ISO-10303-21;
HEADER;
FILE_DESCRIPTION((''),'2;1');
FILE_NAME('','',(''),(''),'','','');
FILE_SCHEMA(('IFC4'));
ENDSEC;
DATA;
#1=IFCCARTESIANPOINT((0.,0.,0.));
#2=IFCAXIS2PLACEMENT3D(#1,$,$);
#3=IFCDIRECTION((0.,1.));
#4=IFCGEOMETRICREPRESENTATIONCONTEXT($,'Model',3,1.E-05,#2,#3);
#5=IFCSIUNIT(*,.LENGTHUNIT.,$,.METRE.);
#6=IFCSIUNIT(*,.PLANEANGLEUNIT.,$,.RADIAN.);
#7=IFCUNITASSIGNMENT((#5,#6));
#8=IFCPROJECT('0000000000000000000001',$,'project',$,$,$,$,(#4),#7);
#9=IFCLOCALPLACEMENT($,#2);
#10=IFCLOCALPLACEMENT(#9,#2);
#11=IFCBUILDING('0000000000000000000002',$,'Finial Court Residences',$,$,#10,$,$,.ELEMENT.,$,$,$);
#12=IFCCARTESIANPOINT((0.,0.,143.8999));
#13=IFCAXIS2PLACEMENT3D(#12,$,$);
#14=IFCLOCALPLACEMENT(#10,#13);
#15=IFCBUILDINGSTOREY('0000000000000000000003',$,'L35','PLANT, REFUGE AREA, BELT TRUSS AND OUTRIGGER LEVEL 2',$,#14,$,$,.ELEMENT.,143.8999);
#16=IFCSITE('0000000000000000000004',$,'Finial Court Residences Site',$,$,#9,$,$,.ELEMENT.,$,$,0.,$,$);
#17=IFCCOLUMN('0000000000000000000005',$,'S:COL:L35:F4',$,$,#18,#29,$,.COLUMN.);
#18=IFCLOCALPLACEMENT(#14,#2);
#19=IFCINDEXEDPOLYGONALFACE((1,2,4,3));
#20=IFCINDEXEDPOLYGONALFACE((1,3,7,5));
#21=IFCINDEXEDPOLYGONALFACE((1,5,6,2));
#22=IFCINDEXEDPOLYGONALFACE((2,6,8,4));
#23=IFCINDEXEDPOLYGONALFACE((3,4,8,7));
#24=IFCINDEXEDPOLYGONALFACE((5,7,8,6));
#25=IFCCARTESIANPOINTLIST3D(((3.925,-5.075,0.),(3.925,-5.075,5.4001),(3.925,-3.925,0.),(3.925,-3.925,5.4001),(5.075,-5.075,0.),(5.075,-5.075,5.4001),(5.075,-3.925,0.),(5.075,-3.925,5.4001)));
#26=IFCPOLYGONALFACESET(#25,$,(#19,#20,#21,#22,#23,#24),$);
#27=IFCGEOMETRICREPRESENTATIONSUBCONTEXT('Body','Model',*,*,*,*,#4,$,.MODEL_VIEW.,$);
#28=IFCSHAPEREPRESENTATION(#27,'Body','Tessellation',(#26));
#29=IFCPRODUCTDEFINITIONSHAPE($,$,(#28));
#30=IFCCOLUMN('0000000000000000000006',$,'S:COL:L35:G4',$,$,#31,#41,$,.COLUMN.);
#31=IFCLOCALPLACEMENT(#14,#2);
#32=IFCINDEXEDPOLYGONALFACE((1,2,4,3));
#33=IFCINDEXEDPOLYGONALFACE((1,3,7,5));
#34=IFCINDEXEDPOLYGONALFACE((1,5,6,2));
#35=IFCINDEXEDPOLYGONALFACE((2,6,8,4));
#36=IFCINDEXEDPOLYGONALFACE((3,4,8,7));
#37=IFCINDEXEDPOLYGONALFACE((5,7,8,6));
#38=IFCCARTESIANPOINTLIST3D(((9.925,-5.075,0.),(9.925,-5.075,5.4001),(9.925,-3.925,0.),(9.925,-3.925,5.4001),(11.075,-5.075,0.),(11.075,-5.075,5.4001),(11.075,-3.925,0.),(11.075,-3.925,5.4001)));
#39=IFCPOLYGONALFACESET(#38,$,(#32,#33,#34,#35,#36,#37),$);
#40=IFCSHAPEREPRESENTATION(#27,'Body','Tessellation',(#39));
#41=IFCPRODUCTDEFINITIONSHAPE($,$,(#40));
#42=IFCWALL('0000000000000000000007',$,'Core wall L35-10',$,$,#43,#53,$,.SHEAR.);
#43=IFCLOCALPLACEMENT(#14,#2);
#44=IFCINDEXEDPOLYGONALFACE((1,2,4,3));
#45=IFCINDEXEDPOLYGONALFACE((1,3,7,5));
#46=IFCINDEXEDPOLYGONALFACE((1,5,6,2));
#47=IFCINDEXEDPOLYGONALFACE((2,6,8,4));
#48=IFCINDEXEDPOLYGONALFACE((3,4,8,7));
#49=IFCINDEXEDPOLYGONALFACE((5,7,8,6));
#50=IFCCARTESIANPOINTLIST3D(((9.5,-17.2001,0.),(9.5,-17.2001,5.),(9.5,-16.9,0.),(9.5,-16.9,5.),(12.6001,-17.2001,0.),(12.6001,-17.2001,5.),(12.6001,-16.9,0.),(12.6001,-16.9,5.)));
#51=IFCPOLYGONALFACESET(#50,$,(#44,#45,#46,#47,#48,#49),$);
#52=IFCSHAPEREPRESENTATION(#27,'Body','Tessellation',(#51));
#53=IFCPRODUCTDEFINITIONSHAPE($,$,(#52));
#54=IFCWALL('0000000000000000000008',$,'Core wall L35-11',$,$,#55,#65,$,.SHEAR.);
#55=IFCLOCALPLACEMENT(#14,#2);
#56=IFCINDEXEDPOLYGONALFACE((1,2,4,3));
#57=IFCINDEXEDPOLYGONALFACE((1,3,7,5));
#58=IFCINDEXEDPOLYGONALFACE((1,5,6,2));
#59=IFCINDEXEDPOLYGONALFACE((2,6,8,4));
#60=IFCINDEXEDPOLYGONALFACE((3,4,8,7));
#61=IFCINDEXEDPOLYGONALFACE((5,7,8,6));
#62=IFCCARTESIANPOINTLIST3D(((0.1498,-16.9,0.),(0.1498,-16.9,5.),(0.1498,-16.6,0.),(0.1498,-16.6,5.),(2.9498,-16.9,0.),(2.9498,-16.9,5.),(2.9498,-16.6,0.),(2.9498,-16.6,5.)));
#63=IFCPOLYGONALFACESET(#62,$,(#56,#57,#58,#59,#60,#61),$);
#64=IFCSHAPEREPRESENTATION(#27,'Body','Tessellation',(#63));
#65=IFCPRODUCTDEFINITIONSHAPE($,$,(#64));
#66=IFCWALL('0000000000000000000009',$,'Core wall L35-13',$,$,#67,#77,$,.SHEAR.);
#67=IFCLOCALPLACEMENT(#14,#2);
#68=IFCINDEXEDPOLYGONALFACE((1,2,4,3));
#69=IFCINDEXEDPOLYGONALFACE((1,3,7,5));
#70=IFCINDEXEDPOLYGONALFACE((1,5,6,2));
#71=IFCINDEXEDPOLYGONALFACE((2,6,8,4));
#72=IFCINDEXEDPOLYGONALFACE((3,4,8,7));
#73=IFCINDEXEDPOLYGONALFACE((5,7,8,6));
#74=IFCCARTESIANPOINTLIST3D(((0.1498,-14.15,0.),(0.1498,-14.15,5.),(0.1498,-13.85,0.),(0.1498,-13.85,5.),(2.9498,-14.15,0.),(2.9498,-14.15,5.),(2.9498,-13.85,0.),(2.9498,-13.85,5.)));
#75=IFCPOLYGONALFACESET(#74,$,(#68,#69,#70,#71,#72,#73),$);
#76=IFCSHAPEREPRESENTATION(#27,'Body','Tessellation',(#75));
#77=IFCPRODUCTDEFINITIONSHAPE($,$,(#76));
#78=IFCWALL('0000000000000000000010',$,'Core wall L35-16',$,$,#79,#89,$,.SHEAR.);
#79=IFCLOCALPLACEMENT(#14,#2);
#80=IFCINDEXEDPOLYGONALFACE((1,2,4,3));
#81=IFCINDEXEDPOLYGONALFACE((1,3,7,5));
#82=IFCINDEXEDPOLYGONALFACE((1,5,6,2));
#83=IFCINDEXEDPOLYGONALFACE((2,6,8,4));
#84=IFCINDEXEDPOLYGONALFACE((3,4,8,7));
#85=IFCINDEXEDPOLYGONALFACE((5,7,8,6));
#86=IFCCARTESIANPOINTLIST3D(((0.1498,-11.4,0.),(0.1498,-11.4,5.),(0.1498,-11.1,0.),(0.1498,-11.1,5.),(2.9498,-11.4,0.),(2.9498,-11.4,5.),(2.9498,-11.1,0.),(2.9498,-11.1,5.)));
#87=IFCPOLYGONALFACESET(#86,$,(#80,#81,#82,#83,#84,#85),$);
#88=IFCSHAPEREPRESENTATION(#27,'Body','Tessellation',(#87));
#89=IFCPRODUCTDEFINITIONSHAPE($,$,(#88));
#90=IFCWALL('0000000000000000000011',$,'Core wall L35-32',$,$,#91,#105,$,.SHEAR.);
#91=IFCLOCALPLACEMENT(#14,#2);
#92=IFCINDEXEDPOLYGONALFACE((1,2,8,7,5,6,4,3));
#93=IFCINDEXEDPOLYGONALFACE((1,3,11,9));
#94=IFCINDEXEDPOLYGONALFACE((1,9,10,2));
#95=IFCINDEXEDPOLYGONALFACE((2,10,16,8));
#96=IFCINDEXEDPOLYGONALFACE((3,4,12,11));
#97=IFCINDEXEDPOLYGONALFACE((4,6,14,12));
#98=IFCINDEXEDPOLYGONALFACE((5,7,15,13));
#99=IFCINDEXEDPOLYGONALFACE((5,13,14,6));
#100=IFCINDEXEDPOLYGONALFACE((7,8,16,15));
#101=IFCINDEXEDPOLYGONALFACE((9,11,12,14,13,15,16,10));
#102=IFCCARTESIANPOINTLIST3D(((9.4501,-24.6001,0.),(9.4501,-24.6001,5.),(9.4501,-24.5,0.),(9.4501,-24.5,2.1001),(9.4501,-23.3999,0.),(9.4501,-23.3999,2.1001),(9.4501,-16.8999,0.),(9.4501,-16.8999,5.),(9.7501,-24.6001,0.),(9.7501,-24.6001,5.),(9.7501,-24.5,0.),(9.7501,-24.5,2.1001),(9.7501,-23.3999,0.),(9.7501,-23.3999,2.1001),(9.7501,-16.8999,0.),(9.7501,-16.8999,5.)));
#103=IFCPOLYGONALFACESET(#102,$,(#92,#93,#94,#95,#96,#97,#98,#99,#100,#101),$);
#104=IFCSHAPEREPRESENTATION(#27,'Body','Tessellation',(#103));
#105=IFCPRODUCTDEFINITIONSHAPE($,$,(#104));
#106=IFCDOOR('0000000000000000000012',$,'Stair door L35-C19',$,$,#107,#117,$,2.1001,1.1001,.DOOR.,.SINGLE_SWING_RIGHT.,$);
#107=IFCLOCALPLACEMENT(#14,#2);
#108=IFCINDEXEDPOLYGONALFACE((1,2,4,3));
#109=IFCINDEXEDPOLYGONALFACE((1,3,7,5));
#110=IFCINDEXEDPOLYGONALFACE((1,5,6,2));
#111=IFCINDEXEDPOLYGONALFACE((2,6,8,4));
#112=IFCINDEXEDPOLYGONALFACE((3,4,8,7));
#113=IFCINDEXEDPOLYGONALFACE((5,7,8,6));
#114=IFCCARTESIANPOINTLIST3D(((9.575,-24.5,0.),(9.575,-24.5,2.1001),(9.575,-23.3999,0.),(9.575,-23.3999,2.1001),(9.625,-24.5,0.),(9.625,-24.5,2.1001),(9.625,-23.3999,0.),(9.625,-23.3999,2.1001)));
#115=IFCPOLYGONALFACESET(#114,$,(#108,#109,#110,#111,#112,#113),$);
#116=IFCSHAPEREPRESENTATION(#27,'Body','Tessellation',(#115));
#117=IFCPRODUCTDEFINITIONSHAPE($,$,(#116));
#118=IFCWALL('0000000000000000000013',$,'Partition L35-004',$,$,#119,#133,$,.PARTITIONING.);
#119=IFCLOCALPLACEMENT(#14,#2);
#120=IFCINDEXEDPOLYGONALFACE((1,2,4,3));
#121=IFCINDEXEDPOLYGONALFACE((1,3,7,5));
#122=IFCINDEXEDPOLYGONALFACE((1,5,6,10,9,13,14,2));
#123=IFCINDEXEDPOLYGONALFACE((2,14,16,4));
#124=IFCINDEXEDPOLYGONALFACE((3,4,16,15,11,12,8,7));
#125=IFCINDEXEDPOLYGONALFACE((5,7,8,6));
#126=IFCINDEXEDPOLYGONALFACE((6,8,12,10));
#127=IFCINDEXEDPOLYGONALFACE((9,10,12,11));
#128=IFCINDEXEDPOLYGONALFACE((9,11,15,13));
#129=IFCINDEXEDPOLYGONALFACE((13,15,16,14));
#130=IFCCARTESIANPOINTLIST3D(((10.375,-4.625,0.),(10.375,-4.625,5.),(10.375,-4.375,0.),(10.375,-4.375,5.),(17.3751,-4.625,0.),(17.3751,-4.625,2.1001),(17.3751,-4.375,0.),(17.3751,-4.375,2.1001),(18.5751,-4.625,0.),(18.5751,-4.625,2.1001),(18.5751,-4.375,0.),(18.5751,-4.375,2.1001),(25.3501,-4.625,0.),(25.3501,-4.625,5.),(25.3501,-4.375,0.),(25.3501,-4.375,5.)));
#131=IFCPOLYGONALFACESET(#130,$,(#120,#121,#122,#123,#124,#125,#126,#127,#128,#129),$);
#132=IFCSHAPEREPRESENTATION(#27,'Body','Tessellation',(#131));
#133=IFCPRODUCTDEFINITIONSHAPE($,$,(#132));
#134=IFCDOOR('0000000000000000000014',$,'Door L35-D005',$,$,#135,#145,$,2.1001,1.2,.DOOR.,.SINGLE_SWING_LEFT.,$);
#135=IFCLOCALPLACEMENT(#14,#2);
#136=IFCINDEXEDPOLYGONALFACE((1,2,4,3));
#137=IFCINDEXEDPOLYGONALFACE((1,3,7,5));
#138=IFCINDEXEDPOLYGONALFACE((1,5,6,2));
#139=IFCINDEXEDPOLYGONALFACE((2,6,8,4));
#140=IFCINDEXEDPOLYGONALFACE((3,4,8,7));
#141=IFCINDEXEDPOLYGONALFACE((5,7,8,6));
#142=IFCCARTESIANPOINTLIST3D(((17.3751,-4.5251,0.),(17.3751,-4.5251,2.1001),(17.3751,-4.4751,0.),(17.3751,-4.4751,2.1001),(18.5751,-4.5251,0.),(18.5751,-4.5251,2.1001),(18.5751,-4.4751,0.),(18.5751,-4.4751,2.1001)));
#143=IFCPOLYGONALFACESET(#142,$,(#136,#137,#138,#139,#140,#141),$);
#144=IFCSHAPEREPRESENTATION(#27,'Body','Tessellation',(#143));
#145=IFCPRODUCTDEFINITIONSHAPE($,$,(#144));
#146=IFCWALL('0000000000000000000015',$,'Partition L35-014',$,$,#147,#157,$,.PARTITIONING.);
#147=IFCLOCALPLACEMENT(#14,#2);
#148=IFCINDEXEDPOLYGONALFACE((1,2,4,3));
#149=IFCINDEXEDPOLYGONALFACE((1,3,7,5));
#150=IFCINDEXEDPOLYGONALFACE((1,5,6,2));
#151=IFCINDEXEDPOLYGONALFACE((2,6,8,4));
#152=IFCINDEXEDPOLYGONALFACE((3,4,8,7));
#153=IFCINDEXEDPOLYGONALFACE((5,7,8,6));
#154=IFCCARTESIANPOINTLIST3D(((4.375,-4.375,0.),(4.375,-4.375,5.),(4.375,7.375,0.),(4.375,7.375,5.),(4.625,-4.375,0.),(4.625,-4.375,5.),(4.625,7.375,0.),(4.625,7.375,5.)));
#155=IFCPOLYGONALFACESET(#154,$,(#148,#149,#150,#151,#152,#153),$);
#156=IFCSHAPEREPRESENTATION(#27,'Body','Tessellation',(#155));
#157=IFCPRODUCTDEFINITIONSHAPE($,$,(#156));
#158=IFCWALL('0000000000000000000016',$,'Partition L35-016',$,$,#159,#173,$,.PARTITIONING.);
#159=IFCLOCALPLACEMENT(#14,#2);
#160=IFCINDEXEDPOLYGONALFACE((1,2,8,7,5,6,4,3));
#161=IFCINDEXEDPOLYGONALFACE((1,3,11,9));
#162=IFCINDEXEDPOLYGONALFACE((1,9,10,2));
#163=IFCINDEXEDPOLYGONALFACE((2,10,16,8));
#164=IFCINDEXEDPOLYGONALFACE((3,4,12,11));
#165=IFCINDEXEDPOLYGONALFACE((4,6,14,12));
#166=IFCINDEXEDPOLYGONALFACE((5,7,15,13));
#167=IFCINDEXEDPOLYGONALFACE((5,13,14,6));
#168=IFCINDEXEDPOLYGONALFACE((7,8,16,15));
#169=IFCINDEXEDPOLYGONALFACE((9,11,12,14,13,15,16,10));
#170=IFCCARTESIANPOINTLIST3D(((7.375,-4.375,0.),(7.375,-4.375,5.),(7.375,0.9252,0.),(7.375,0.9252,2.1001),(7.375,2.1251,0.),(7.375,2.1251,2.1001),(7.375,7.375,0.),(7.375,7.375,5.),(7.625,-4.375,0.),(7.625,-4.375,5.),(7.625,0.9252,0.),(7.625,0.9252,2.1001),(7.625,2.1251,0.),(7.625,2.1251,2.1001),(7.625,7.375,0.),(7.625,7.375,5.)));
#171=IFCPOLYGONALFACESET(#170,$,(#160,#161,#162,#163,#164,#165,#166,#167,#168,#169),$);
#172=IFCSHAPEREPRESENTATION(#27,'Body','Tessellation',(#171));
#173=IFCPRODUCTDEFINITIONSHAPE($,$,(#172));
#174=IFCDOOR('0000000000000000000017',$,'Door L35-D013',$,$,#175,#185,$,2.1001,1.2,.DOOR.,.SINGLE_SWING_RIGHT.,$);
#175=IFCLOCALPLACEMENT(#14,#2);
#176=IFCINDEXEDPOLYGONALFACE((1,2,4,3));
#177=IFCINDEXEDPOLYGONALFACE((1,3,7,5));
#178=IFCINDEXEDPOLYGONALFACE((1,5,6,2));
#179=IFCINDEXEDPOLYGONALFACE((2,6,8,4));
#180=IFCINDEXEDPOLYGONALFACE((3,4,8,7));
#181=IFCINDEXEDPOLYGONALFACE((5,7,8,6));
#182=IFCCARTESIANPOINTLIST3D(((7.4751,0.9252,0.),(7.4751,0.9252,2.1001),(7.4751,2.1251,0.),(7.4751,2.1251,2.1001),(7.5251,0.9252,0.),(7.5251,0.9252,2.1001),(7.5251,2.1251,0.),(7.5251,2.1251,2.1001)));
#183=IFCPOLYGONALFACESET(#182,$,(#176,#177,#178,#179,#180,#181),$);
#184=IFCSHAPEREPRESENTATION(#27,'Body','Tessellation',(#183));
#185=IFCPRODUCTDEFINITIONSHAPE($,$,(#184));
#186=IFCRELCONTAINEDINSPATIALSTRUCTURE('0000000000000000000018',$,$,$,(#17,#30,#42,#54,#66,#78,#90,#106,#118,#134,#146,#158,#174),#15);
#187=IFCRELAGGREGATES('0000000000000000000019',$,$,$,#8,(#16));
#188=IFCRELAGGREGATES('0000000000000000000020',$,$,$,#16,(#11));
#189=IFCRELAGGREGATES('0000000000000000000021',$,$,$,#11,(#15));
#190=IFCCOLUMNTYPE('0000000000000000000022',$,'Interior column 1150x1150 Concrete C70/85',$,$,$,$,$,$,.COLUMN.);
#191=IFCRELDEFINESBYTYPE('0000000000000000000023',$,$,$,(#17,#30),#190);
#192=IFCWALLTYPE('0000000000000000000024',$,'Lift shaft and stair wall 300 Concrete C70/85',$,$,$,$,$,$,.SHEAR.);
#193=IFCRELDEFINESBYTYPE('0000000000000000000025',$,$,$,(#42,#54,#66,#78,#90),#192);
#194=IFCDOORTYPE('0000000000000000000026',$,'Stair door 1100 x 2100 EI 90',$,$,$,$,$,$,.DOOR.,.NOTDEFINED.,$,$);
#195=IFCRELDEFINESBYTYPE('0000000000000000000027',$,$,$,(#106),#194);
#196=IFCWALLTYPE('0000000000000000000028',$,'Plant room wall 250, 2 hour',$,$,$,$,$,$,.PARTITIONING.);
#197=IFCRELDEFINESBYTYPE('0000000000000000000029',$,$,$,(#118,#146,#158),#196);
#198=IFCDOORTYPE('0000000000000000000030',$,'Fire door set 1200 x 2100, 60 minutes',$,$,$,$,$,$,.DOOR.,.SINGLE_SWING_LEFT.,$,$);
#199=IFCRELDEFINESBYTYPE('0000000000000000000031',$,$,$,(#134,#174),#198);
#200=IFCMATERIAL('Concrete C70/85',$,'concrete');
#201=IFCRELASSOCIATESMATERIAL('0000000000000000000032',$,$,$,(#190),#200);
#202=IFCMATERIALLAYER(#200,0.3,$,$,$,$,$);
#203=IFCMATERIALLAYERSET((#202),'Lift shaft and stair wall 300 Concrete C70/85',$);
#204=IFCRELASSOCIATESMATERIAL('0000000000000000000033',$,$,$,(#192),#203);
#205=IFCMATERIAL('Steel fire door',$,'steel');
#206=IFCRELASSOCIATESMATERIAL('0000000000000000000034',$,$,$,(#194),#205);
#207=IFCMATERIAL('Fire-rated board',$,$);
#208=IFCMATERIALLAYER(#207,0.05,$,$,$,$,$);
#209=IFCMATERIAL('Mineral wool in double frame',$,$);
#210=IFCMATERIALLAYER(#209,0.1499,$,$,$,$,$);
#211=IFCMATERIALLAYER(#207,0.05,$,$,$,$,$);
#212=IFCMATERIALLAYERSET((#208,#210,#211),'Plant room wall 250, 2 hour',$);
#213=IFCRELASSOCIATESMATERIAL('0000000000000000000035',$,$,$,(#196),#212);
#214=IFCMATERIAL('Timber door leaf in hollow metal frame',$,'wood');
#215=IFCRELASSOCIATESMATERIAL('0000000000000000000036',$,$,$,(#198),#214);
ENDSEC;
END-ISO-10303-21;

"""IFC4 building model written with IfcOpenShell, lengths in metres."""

from ifc_helpers import new_model, si_unit, direction, frame, frame_2d, origin, origin_2d, place, context, subcontext, project, spatial, rectangle, extrude, material, layer, layer_set, material_profile, profile_set, type_object, element, fill, save


model = new_model("IFC4")

# Units and contexts
model_context = context("Model", 3, precision=1e-05, world=origin(), true_north=direction((0.0, 1.0)))
body_context = subcontext(model_context, "Body", "Model", "MODEL_VIEW")
ifc_project = project(units=[si_unit("LENGTHUNIT", "METRE"), si_unit("PLANEANGLEUNIT", "RADIAN")], contexts=[model_context])

# Site, building, storey
site_placement = place(None, origin())
site = spatial("IfcSite", under=ifc_project, at=site_placement, Name="Finial Court Residences Site", CompositionType="ELEMENT", RefElevation=0.0)
building_placement = place(site_placement, origin())
building = spatial("IfcBuilding", under=site, at=building_placement, Name="Finial Court Residences", CompositionType="ELEMENT")
storey_placement = place(building_placement, frame((0.0, 0.0, 143.8999)))
storey = spatial("IfcBuildingStorey", under=building, at=storey_placement, Name="L35", Description="PLANT, REFUGE AREA, BELT TRUSS AND OUTRIGGER LEVEL 2", CompositionType="ELEMENT", Elevation=143.8999)

# Columns
ifc_material_1 = material(Name="Concrete C70/85", Category="concrete")
ifc_material_profile = material_profile(ifc_material_1, rectangle(XDim=1.1499, YDim=1.1499, at=origin_2d()), Name="1150x1150")
ifc_profile_set = profile_set([ifc_material_profile], Name="Concrete C70/85")
column_type = type_object("IfcColumnType", Name="Interior column 1150x1150 Concrete C70/85", PredefinedType="COLUMN", material=ifc_profile_set)
for number, where, z_axis, x_axis, name in (
    (1, (4.5, -4.5, 0.0), (0.0, 0.0, 1.0), (1.0, 0.0, 0.0), "S:COL:L35:F4"),
    (2, (10.5, -4.5, 0.0), (0.0, 0.0, 1.0), (1.0, 0.0, 0.0), "S:COL:L35:G4"),
):
    element("IfcColumn", number, at=place(storey_placement, frame(where, z_axis=z_axis, x_axis=x_axis)), inside=storey, type_object=column_type, Name=name, PredefinedType="COLUMN", context=body_context, shape_type="SweptSolid", body=[
        extrude(rectangle(XDim=1.1499, YDim=1.1499, at=origin_2d()), origin(), (0.0, 0.0, 1.0), 5.4001),
    ])

# Walls
ifc_layer_1 = layer(ifc_material_1, 0.3)
ifc_layer_set_1 = layer_set([ifc_layer_1], Name="Lift shaft and stair wall 300 Concrete C70/85")
wall_type_1 = type_object("IfcWallType", Name="Lift shaft and stair wall 300 Concrete C70/85", PredefinedType="SHEAR", material=ifc_layer_set_1)
wall_1_placement = place(storey_placement, frame((9.5, -17.05, 0.0), z_axis=(0.0, 0.0, 1.0), x_axis=(1.0, 0.0, 0.0)))
element("IfcWall", 3, at=wall_1_placement, inside=storey, type_object=wall_type_1, Name="Core wall L35-10", PredefinedType="SHEAR", context=body_context, shape_type="SweptSolid", body=[
    extrude(rectangle(XDim=3.1001, YDim=0.3, at=frame_2d((1.55, 0.0))), origin(), (0.0, 0.0, 1.0), 5.0),
])
for number, where, z_axis, x_axis, name in (
    (4, (0.1499, -16.75, 0.0), (0.0, 0.0, 1.0), (1.0, 0.0, 0.0), "Core wall L35-11"),
    (5, (0.1499, -14.0, 0.0), (0.0, 0.0, 1.0), (1.0, 0.0, 0.0), "Core wall L35-13"),
    (6, (0.1499, -11.25, 0.0), (0.0, 0.0, 1.0), (1.0, 0.0, 0.0), "Core wall L35-16"),
):
    element("IfcWall", number, at=place(storey_placement, frame(where, z_axis=z_axis, x_axis=x_axis)), inside=storey, type_object=wall_type_1, Name=name, PredefinedType="SHEAR", context=body_context, shape_type="SweptSolid", body=[
        extrude(rectangle(XDim=2.8, YDim=0.3, at=frame_2d((1.3999, 0.0))), origin(), (0.0, 0.0, 1.0), 5.0),
    ])

# Walls, openings, doors
wall_2_placement = place(storey_placement, frame((9.6001, -16.8999, 0.0), z_axis=(0.0, 0.0, 1.0), x_axis=(0.0, -1.0, 0.0)))
wall_2 = element("IfcWall", 7, at=wall_2_placement, inside=storey, type_object=wall_type_1, Name="Core wall L35-32", PredefinedType="SHEAR", context=body_context, shape_type="SweptSolid", body=[
    extrude(rectangle(XDim=7.7002, YDim=0.3, at=frame_2d((3.8501, 0.0))), origin(), (0.0, 0.0, 1.0), 5.0),
])
opening_1_placement = place(wall_2_placement, frame((6.5, 0.0, 0.0)))
opening_1 = element("IfcOpeningElement", 8, at=opening_1_placement, cuts=wall_2, PredefinedType="OPENING", context=body_context, shape_type="SweptSolid", body=[
    extrude(rectangle(XDim=1.1001, YDim=2.1001, at=frame_2d((0.55, 1.05))), frame((0.0, 0.1599, 0.0), z_axis=(0.0, -1.0, 0.0), x_axis=(1.0, 0.0, 0.0)), (0.0, 0.0, 1.0), 0.3201),
])
ifc_material_2 = material(Name="Steel fire door", Category="steel")
door_type_1 = type_object("IfcDoorType", Name="Stair door 1100 x 2100 EI 90", OperationType="NOTDEFINED", PredefinedType="DOOR", material=ifc_material_2)
door_1_placement = place(opening_1_placement, origin())
door_1 = element("IfcDoor", 9, at=door_1_placement, inside=storey, type_object=door_type_1, Name="Stair door L35-C19", OperationType="SINGLE_SWING_RIGHT", OverallHeight=2.1001, OverallWidth=1.1001, PredefinedType="DOOR", context=body_context, shape_type="SweptSolid", body=[
    extrude(rectangle(XDim=1.1001, YDim=2.1001, at=frame_2d((0.55, 1.05))), frame((0.0, 0.0249, 0.0), z_axis=(0.0, -1.0, 0.0), x_axis=(1.0, 0.0, 0.0)), (0.0, 0.0, 1.0), 0.05),
])
fill(opening_1, door_1)
ifc_material_3 = material(Name="Fire-rated board")
ifc_layer_2 = layer(ifc_material_3, 0.05)
ifc_material_4 = material(Name="Mineral wool in double frame")
ifc_layer_3 = layer(ifc_material_4, 0.1499)
ifc_layer_4 = layer(ifc_material_3, 0.05)
ifc_layer_set_2 = layer_set([ifc_layer_2, ifc_layer_3, ifc_layer_4], Name="Plant room wall 250, 2 hour")
wall_type_2 = type_object("IfcWallType", Name="Plant room wall 250, 2 hour", PredefinedType="PARTITIONING", material=ifc_layer_set_2)
wall_3_placement = place(storey_placement, frame((10.375, -4.5, 0.0), z_axis=(0.0, 0.0, 1.0), x_axis=(1.0, 0.0, 0.0)))
wall_3 = element("IfcWall", 10, at=wall_3_placement, inside=storey, type_object=wall_type_2, Name="Partition L35-004", PredefinedType="PARTITIONING", context=body_context, shape_type="SweptSolid", body=[
    extrude(rectangle(XDim=14.9751, YDim=0.25, at=frame_2d((7.4875, 0.0))), origin(), (0.0, 0.0, 1.0), 5.0),
])
opening_2_placement = place(wall_3_placement, frame((7.0, 0.0, 0.0)))
opening_2 = element("IfcOpeningElement", 11, at=opening_2_placement, cuts=wall_3, PredefinedType="OPENING", context=body_context, shape_type="SweptSolid", body=[
    extrude(rectangle(XDim=1.2, YDim=2.1001, at=frame_2d((0.6001, 1.05))), frame((0.0, 0.135, 0.0), z_axis=(0.0, -1.0, 0.0), x_axis=(1.0, 0.0, 0.0)), (0.0, 0.0, 1.0), 0.27),
])
ifc_material_5 = material(Name="Timber door leaf in hollow metal frame", Category="wood")
door_type_2 = type_object("IfcDoorType", Name="Fire door set 1200 x 2100, 60 minutes", OperationType="SINGLE_SWING_LEFT", PredefinedType="DOOR", material=ifc_material_5)
door_2_placement = place(opening_2_placement, origin())
door_2 = element("IfcDoor", 12, at=door_2_placement, inside=storey, type_object=door_type_2, Name="Door L35-D005", OperationType="SINGLE_SWING_LEFT", OverallHeight=2.1001, OverallWidth=1.2, PredefinedType="DOOR", context=body_context, shape_type="SweptSolid", body=[
    extrude(rectangle(XDim=1.2, YDim=2.1001, at=frame_2d((0.6001, 1.05))), frame((0.0, 0.0249, 0.0), z_axis=(0.0, -1.0, 0.0), x_axis=(1.0, 0.0, 0.0)), (0.0, 0.0, 1.0), 0.05),
])
fill(opening_2, door_2)

# Wall
wall_4_placement = place(storey_placement, frame((4.5, -4.375, 0.0), z_axis=(0.0, 0.0, 1.0), x_axis=(0.0, 1.0, 0.0)))
element("IfcWall", 13, at=wall_4_placement, inside=storey, type_object=wall_type_2, Name="Partition L35-014", PredefinedType="PARTITIONING", context=body_context, shape_type="SweptSolid", body=[
    extrude(rectangle(XDim=11.75, YDim=0.25, at=frame_2d((5.875, 0.0))), origin(), (0.0, 0.0, 1.0), 5.0),
])

# Wall, opening, door
wall_5_placement = place(storey_placement, frame((7.5, -4.375, 0.0), z_axis=(0.0, 0.0, 1.0), x_axis=(0.0, 1.0, 0.0)))
wall_5 = element("IfcWall", 14, at=wall_5_placement, inside=storey, type_object=wall_type_2, Name="Partition L35-016", PredefinedType="PARTITIONING", context=body_context, shape_type="SweptSolid", body=[
    extrude(rectangle(XDim=11.75, YDim=0.25, at=frame_2d((5.875, 0.0))), origin(), (0.0, 0.0, 1.0), 5.0),
])
opening_3_placement = place(wall_5_placement, frame((5.3, 0.0, 0.0)))
opening_3 = element("IfcOpeningElement", 15, at=opening_3_placement, cuts=wall_5, PredefinedType="OPENING", context=body_context, shape_type="SweptSolid", body=[
    extrude(rectangle(XDim=1.2, YDim=2.1001, at=frame_2d((0.6001, 1.05))), frame((0.0, 0.135, 0.0), z_axis=(0.0, -1.0, 0.0), x_axis=(1.0, 0.0, 0.0)), (0.0, 0.0, 1.0), 0.27),
])
door_3_placement = place(opening_3_placement, origin())
door_3 = element("IfcDoor", 16, at=door_3_placement, inside=storey, type_object=door_type_2, Name="Door L35-D013", OperationType="SINGLE_SWING_RIGHT", OverallHeight=2.1001, OverallWidth=1.2, PredefinedType="DOOR", context=body_context, shape_type="SweptSolid", body=[
    extrude(rectangle(XDim=1.2, YDim=2.1001, at=frame_2d((0.6001, 1.05))), frame((0.0, 0.0249, 0.0), z_axis=(0.0, -1.0, 0.0), x_axis=(1.0, 0.0, 0.0)), (0.0, 0.0, 1.0), 0.05),
])
fill(opening_3, door_3)

save(model, "model.ifc")
